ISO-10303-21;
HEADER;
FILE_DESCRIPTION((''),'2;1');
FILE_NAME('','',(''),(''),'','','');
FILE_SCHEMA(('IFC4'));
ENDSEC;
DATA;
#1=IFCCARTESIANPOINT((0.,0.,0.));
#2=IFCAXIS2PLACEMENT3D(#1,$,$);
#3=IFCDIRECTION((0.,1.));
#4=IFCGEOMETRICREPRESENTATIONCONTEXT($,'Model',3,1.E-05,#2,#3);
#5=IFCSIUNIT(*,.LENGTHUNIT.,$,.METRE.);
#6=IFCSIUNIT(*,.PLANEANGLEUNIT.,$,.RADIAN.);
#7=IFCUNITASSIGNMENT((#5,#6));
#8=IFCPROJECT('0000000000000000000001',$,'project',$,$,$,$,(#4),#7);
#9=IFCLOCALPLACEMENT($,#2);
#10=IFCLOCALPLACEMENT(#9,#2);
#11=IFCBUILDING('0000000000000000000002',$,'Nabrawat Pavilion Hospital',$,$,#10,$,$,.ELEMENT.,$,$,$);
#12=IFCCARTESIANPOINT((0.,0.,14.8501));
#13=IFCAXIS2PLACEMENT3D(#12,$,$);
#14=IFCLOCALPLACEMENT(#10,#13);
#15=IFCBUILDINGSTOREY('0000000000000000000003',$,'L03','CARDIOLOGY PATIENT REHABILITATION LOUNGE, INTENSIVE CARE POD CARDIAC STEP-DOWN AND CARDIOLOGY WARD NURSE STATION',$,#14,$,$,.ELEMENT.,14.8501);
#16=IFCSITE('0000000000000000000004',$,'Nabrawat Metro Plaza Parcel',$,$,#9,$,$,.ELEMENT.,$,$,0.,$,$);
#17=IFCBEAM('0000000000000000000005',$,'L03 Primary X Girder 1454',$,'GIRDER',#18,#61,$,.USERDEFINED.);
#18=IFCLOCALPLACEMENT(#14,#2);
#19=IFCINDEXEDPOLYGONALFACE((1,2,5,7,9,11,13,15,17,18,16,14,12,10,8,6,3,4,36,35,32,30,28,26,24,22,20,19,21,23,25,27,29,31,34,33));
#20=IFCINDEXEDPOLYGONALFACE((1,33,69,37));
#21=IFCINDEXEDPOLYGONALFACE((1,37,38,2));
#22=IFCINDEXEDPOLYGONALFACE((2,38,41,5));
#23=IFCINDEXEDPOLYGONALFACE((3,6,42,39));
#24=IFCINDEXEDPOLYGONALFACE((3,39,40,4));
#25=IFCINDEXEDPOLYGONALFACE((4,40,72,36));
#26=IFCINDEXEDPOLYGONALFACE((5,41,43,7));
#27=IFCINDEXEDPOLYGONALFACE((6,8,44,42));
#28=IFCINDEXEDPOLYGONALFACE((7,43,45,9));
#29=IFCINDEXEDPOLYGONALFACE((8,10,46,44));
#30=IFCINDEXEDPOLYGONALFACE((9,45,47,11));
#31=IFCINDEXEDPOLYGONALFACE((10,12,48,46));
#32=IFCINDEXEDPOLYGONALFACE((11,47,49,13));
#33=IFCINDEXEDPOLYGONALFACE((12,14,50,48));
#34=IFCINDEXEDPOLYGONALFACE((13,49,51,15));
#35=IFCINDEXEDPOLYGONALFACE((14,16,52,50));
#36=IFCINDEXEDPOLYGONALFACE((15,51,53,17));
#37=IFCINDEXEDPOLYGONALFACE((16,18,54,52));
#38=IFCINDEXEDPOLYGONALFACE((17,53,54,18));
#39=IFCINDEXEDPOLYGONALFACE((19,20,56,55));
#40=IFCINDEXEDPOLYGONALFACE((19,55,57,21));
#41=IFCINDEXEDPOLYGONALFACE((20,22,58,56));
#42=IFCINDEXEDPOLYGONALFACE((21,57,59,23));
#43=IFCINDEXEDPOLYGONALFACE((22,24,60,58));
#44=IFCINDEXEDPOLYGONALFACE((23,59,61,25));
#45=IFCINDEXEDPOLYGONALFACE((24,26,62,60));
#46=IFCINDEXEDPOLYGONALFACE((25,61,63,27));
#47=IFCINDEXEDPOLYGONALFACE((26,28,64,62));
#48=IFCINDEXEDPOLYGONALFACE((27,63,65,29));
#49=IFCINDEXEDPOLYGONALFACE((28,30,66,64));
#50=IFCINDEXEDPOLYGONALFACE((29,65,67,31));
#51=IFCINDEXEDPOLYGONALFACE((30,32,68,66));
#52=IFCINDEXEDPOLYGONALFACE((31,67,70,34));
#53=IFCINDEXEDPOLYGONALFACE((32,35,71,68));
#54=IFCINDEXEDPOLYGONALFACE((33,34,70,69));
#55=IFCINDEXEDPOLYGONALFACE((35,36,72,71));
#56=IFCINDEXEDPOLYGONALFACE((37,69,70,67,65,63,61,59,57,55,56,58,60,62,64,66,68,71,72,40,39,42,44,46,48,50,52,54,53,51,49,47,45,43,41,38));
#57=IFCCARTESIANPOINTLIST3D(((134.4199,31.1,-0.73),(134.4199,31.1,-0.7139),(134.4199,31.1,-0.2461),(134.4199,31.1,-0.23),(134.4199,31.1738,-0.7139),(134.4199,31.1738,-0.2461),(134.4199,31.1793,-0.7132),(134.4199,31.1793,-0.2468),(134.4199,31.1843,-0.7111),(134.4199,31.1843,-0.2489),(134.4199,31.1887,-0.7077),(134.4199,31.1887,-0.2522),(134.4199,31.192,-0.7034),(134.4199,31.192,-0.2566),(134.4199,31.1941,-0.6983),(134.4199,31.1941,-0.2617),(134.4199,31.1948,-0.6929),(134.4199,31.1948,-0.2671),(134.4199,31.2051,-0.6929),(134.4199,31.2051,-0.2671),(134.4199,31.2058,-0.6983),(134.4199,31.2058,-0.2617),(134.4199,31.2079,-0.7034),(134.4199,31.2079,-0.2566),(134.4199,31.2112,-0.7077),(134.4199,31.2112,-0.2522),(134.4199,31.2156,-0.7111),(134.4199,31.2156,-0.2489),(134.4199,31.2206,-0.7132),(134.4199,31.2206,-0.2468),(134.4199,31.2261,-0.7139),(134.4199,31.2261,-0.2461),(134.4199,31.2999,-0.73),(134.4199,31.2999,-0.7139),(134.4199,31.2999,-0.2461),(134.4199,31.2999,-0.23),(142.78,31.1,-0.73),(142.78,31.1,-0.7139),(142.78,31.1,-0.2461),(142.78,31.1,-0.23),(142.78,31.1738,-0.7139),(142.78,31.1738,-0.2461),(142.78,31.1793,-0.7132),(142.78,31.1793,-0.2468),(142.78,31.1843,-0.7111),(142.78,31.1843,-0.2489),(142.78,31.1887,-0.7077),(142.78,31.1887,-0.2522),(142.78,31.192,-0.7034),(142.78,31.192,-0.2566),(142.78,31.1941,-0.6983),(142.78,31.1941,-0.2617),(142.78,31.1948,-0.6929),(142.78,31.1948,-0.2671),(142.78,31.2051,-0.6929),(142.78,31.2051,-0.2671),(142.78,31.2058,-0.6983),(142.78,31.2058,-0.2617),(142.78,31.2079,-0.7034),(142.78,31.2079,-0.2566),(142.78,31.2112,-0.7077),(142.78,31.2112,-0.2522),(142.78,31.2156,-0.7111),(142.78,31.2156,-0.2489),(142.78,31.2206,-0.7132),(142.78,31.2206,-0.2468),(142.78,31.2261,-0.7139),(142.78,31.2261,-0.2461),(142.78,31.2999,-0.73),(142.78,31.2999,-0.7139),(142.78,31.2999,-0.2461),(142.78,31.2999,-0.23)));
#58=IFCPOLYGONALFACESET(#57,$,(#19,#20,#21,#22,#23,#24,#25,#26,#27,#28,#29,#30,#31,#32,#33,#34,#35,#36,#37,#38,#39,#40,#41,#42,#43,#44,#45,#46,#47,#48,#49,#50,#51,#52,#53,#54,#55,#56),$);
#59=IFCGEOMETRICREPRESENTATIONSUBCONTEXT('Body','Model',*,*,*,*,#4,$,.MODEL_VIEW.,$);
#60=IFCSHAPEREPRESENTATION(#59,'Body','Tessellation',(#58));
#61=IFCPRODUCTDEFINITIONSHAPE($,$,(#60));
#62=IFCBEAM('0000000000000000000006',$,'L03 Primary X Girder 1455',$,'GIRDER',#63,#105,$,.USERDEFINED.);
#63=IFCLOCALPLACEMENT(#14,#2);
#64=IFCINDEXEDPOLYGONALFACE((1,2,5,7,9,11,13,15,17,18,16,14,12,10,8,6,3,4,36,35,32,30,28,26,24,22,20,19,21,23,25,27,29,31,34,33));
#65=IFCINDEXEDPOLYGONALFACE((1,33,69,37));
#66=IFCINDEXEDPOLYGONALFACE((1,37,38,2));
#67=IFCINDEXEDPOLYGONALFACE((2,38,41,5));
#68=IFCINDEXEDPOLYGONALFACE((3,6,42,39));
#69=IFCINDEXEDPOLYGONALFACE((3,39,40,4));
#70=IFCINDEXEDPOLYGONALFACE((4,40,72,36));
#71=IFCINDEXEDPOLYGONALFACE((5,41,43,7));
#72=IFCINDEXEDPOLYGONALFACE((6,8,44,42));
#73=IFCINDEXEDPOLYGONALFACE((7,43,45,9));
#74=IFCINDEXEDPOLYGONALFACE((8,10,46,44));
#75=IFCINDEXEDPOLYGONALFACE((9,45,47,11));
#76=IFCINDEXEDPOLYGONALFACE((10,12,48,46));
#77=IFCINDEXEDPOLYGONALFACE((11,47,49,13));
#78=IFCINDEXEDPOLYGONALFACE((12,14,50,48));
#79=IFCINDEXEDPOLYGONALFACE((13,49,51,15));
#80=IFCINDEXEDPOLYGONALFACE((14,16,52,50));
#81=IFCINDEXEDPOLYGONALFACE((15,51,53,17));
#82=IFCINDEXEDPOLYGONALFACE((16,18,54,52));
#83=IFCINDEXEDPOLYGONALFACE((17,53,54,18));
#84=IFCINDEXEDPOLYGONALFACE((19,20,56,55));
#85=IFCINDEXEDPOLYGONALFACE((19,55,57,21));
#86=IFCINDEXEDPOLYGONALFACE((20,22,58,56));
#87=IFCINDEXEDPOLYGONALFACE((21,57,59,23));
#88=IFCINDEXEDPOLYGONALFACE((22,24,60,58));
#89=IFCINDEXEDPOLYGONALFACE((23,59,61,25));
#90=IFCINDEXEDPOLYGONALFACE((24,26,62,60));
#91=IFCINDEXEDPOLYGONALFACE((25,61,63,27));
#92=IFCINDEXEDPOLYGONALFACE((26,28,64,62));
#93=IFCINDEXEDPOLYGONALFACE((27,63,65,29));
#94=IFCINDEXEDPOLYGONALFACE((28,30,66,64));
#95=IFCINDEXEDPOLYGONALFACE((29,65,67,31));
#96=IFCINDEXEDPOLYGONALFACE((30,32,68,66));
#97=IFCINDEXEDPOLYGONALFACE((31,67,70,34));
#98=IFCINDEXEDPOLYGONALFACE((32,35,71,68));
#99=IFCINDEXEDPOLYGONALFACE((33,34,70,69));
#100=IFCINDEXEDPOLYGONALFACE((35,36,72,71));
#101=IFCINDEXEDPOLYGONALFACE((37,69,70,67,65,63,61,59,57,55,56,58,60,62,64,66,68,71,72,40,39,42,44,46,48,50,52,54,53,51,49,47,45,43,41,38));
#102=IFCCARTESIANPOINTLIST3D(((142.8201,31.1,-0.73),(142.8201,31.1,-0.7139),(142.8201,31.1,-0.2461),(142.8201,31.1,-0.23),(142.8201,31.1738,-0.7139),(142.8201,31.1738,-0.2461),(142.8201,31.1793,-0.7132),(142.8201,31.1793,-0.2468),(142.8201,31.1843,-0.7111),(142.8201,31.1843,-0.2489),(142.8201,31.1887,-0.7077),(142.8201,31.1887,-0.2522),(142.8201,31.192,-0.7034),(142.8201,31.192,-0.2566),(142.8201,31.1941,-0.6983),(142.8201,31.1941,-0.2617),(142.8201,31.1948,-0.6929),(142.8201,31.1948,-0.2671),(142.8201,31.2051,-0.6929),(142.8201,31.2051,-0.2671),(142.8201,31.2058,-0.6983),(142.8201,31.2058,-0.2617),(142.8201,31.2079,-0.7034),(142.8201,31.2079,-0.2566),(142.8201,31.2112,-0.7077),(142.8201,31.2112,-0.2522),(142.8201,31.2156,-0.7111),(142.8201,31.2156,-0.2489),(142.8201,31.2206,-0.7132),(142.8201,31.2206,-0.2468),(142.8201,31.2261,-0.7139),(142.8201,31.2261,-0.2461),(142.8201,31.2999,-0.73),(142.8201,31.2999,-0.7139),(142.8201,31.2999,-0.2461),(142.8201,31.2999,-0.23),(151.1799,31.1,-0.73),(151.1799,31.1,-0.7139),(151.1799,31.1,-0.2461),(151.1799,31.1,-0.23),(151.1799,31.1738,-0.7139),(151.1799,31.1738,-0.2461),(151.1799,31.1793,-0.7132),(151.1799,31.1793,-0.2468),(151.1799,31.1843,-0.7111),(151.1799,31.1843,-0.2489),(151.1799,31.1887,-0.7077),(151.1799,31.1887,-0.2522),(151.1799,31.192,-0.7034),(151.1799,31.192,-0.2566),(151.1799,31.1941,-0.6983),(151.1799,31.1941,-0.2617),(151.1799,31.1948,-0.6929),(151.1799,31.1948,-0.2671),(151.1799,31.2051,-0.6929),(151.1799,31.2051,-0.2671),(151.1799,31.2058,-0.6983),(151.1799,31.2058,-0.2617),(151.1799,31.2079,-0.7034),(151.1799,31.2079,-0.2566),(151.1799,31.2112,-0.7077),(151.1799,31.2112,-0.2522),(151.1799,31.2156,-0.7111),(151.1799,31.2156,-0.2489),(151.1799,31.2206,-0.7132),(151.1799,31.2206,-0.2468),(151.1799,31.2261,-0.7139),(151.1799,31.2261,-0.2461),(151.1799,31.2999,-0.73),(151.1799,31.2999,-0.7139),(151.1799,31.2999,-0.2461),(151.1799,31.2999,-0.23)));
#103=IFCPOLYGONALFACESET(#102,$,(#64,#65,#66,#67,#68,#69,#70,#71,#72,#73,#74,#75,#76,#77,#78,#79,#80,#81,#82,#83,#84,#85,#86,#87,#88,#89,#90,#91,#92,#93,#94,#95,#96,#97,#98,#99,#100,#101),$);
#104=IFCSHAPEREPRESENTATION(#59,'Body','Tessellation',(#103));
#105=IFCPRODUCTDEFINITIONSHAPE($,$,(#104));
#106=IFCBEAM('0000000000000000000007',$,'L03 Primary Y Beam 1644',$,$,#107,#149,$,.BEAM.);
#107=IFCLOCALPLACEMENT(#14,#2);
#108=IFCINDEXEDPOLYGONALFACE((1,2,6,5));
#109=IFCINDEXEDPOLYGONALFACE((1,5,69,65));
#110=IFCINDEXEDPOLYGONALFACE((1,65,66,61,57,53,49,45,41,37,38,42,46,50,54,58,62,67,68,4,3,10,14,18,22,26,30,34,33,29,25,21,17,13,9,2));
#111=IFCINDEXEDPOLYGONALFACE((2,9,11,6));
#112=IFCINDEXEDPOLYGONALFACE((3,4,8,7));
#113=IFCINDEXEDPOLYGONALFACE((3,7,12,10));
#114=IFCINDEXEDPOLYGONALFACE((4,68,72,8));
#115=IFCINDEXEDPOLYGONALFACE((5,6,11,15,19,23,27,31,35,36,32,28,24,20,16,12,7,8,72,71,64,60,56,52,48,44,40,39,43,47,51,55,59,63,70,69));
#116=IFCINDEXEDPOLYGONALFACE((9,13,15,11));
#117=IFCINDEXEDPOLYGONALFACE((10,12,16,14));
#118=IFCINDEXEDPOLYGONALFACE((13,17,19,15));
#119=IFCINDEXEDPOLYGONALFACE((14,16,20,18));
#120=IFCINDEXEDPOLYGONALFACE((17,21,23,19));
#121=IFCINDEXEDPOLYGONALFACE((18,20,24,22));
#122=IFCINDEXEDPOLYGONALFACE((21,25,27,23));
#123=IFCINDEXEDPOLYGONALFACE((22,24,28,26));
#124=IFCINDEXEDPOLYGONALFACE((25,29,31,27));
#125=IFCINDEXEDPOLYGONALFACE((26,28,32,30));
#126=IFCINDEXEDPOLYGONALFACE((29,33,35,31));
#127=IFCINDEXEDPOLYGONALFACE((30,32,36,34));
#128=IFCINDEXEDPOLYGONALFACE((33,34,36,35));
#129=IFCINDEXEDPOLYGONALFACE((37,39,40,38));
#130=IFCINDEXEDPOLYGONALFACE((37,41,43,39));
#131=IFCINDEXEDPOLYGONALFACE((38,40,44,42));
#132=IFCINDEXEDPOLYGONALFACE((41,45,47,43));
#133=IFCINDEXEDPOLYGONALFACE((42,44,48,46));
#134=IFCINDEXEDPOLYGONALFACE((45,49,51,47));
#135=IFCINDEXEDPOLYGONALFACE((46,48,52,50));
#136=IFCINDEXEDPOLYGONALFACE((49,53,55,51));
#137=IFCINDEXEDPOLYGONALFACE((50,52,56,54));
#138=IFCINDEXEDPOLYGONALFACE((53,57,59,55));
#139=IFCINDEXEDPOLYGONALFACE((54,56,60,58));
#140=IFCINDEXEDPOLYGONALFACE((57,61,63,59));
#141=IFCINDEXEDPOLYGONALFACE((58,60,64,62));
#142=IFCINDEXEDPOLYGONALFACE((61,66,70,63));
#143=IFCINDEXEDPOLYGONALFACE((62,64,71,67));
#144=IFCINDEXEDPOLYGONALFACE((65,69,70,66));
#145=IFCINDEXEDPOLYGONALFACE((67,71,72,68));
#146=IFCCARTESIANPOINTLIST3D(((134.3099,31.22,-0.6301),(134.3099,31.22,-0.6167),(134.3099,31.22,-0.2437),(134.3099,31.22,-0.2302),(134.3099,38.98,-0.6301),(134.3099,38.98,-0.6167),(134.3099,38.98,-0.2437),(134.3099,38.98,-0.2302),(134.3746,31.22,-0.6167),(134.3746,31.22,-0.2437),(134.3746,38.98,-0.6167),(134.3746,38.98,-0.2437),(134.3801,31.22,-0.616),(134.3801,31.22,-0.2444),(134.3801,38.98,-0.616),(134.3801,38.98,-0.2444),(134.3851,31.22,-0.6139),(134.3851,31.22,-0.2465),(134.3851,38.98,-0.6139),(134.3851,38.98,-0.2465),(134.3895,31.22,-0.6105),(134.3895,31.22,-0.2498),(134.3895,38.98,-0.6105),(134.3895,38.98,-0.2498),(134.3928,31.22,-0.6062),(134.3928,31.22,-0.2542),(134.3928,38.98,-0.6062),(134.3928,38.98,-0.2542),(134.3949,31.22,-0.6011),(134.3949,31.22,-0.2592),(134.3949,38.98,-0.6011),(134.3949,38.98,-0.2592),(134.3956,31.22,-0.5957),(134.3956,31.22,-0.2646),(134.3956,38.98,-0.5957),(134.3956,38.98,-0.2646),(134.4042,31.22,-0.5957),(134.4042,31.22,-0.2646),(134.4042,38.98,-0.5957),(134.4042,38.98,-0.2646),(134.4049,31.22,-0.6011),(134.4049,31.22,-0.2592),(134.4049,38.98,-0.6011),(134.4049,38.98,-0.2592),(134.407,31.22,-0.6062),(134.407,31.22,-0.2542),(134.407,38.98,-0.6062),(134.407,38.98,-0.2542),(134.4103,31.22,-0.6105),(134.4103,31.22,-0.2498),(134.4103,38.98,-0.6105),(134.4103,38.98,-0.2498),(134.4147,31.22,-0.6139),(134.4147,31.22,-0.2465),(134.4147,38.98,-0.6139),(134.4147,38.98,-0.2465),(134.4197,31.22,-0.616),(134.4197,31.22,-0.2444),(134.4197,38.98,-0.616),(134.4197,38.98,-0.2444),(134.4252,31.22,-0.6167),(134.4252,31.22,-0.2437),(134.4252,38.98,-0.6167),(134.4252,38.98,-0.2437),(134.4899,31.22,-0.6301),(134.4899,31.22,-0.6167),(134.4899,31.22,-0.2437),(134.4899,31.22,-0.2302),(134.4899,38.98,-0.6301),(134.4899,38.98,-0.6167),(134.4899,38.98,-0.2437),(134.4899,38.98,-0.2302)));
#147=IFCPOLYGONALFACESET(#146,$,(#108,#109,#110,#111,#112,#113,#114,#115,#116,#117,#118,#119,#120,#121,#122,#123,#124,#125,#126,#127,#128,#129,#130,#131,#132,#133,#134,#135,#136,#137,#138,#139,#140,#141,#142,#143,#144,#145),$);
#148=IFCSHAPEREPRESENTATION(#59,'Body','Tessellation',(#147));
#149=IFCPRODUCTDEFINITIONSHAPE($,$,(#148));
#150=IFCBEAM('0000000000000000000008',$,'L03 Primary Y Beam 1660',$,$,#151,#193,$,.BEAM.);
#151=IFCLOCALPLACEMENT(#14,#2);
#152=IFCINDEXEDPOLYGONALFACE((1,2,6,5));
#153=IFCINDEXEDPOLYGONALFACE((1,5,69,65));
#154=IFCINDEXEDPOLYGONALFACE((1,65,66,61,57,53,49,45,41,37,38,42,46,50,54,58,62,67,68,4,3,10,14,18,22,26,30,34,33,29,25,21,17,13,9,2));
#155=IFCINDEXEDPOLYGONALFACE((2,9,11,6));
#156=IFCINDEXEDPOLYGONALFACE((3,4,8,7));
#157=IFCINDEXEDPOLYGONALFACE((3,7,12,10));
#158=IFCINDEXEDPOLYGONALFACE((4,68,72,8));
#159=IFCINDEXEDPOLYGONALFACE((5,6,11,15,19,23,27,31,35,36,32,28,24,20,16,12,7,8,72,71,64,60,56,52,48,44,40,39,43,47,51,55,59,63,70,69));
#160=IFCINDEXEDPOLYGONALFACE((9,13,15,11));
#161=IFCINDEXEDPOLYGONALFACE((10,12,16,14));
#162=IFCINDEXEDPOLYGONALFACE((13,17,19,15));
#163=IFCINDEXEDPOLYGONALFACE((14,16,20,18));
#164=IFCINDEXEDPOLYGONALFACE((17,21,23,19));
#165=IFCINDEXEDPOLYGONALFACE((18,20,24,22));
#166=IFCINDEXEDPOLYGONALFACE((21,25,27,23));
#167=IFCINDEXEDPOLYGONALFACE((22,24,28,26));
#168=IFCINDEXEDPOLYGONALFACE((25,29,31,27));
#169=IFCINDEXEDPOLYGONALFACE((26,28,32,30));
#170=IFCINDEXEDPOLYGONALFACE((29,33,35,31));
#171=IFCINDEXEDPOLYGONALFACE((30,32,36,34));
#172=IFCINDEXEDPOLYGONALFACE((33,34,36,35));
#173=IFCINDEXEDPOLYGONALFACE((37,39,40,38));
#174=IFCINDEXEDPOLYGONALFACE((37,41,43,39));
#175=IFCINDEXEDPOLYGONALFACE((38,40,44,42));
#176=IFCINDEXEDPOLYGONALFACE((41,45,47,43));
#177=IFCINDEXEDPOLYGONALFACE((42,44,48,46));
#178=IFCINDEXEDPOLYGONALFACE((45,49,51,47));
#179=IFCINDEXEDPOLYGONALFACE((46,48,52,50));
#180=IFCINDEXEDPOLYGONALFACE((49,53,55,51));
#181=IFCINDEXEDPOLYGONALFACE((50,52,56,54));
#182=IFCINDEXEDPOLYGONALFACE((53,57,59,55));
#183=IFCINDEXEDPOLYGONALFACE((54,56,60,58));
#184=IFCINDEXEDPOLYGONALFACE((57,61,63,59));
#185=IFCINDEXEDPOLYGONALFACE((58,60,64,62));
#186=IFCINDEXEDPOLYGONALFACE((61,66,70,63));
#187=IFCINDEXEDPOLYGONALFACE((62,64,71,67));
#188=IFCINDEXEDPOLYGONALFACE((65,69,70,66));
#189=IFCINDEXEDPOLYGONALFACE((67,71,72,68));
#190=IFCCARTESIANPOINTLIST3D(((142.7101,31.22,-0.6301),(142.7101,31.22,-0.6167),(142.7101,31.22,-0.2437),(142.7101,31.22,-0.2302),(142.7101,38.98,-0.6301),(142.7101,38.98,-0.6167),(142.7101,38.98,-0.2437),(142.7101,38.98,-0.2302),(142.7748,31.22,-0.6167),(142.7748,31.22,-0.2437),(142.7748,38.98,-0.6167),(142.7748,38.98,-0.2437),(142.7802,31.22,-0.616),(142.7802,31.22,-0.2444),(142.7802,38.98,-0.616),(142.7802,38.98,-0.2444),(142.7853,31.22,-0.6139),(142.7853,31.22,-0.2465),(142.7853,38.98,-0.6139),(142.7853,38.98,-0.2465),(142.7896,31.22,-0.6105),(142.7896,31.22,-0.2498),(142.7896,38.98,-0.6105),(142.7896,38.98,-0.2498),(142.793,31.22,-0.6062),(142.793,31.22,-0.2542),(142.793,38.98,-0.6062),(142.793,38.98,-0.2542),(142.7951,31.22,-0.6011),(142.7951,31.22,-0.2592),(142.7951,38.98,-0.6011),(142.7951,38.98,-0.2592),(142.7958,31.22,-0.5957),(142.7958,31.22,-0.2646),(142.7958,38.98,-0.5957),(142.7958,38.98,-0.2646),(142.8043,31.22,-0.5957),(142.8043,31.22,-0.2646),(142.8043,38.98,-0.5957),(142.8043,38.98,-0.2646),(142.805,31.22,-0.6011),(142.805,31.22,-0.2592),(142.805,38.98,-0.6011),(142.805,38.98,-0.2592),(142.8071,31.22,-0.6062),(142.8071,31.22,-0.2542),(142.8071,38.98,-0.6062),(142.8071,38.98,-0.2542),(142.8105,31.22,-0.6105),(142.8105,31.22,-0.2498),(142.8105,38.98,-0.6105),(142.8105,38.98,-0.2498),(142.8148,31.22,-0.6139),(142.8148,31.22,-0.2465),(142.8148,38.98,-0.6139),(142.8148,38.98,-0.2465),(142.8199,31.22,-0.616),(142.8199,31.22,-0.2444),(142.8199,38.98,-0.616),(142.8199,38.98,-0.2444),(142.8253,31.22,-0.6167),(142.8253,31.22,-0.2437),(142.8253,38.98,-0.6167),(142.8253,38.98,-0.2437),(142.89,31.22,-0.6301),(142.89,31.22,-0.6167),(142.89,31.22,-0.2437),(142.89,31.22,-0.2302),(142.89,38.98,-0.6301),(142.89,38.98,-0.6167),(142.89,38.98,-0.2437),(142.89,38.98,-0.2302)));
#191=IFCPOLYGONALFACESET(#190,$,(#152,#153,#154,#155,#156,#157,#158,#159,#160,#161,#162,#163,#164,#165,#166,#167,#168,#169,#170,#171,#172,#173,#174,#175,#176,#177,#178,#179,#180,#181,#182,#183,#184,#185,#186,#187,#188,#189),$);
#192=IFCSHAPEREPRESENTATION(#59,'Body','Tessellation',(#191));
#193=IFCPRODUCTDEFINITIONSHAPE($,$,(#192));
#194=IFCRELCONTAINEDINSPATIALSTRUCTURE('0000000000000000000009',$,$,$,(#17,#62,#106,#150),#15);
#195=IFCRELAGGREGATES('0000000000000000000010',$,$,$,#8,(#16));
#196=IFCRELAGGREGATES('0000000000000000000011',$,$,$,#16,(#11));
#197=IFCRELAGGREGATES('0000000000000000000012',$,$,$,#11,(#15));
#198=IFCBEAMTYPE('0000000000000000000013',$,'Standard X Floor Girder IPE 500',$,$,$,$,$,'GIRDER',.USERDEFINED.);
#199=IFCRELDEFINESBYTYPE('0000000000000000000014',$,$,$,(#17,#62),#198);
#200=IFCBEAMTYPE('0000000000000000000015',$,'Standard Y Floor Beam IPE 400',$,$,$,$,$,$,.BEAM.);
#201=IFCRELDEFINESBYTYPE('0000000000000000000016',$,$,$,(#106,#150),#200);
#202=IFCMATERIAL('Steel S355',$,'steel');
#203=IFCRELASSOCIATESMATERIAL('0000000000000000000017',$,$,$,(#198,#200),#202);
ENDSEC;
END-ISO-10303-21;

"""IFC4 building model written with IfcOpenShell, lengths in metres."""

from ifc_helpers import new_model, si_unit, direction, frame, origin, origin_2d, place, context, subcontext, project, spatial, i_section, extrude, material, material_profile, profile_set, type_object, element, save


model = new_model("IFC4")

# Units and contexts
model_context = context("Model", 3, precision=1e-05, world=origin(), true_north=direction((0.0, 1.0)))
body_context = subcontext(model_context, "Body", "Model", "MODEL_VIEW")
ifc_project = project(units=[si_unit("LENGTHUNIT", "METRE"), si_unit("PLANEANGLEUNIT", "RADIAN")], contexts=[model_context])

# Site, building, storey
site_placement = place(None, origin())
site = spatial("IfcSite", under=ifc_project, at=site_placement, Name="Nabrawat Metro Plaza Parcel", CompositionType="ELEMENT", RefElevation=0.0)
building_placement = place(site_placement, origin())
building = spatial("IfcBuilding", under=site, at=building_placement, Name="Nabrawat Pavilion Hospital", CompositionType="ELEMENT")
storey_placement = place(building_placement, frame((0.0, 0.0, 14.8501)))
storey = spatial("IfcBuildingStorey", under=building, at=storey_placement, Name="L03", Description="CARDIOLOGY PATIENT REHABILITATION LOUNGE, INTENSIVE CARE POD CARDIAC STEP-DOWN AND CARDIOLOGY WARD NURSE STATION", CompositionType="ELEMENT", Elevation=14.8501)

# Shared definitions
ifc_material_1 = material(Name="Steel S355", Category="steel")

# Beams
ifc_material_profile_1 = material_profile(ifc_material_1, i_section(OverallWidth=0.2, OverallDepth=0.5, WebThickness=0.0103, FlangeThickness=0.0161, FilletRadius=0.021, at=origin_2d()), Name="IPE 500")
ifc_profile_set_1 = profile_set([ifc_material_profile_1], Name="Steel S355")
beam_type_1 = type_object("IfcBeamType", Name="Standard X Floor Girder IPE 500", ElementType="GIRDER", PredefinedType="USERDEFINED", material=ifc_profile_set_1)
beam_1_placement = place(storey_placement, frame((134.4199, 31.2, -0.48), z_axis=(1.0, 0.0, 0.0), x_axis=(0.0, 1.0, 0.0)))
element("IfcBeam", 1, at=beam_1_placement, inside=storey, type_object=beam_type_1, Name="L03 Primary X Girder 1454", ObjectType="GIRDER", PredefinedType="USERDEFINED", context=body_context, shape_type="SweptSolid", body=[
    extrude(i_section(OverallWidth=0.2, OverallDepth=0.5, WebThickness=0.0103, FlangeThickness=0.0161, FilletRadius=0.021, at=origin_2d()), origin(), (0.0, 0.0, 1.0), 8.3601),
])
beam_2_placement = place(storey_placement, frame((142.8201, 31.2, -0.48), z_axis=(1.0, 0.0, 0.0), x_axis=(0.0, 1.0, 0.0)))
element("IfcBeam", 2, at=beam_2_placement, inside=storey, type_object=beam_type_1, Name="L03 Primary X Girder 1455", ObjectType="GIRDER", PredefinedType="USERDEFINED", context=body_context, shape_type="SweptSolid", body=[
    extrude(i_section(OverallWidth=0.2, OverallDepth=0.5, WebThickness=0.0103, FlangeThickness=0.0161, FilletRadius=0.021, at=origin_2d()), origin(), (0.0, 0.0, 1.0), 8.3599),
])
ifc_material_profile_2 = material_profile(ifc_material_1, i_section(OverallWidth=0.1799, OverallDepth=0.3999, WebThickness=0.0085, FlangeThickness=0.0134, FilletRadius=0.021, at=origin_2d()), Name="IPE 400")
ifc_profile_set_2 = profile_set([ifc_material_profile_2], Name="Steel S355")
beam_type_2 = type_object("IfcBeamType", Name="Standard Y Floor Beam IPE 400", PredefinedType="BEAM", material=ifc_profile_set_2)
for number, where, z_axis, x_axis, name in (
    (3, (134.3999, 31.22, -0.4302), (0.0, 1.0, 0.0), (-1.0, 0.0, 0.0), "L03 Primary Y Beam 1644"),
    (4, (142.8, 31.22, -0.4302), (0.0, 1.0, 0.0), (-1.0, 0.0, 0.0), "L03 Primary Y Beam 1660"),
):
    element("IfcBeam", number, at=place(storey_placement, frame(where, z_axis=z_axis, x_axis=x_axis)), inside=storey, type_object=beam_type_2, Name=name, PredefinedType="BEAM", context=body_context, shape_type="SweptSolid", body=[
        extrude(i_section(OverallWidth=0.1799, OverallDepth=0.3999, WebThickness=0.0085, FlangeThickness=0.0134, FilletRadius=0.021, at=origin_2d()), origin(), (0.0, 0.0, 1.0), 7.76),
    ])

save(model, "model.ifc")
